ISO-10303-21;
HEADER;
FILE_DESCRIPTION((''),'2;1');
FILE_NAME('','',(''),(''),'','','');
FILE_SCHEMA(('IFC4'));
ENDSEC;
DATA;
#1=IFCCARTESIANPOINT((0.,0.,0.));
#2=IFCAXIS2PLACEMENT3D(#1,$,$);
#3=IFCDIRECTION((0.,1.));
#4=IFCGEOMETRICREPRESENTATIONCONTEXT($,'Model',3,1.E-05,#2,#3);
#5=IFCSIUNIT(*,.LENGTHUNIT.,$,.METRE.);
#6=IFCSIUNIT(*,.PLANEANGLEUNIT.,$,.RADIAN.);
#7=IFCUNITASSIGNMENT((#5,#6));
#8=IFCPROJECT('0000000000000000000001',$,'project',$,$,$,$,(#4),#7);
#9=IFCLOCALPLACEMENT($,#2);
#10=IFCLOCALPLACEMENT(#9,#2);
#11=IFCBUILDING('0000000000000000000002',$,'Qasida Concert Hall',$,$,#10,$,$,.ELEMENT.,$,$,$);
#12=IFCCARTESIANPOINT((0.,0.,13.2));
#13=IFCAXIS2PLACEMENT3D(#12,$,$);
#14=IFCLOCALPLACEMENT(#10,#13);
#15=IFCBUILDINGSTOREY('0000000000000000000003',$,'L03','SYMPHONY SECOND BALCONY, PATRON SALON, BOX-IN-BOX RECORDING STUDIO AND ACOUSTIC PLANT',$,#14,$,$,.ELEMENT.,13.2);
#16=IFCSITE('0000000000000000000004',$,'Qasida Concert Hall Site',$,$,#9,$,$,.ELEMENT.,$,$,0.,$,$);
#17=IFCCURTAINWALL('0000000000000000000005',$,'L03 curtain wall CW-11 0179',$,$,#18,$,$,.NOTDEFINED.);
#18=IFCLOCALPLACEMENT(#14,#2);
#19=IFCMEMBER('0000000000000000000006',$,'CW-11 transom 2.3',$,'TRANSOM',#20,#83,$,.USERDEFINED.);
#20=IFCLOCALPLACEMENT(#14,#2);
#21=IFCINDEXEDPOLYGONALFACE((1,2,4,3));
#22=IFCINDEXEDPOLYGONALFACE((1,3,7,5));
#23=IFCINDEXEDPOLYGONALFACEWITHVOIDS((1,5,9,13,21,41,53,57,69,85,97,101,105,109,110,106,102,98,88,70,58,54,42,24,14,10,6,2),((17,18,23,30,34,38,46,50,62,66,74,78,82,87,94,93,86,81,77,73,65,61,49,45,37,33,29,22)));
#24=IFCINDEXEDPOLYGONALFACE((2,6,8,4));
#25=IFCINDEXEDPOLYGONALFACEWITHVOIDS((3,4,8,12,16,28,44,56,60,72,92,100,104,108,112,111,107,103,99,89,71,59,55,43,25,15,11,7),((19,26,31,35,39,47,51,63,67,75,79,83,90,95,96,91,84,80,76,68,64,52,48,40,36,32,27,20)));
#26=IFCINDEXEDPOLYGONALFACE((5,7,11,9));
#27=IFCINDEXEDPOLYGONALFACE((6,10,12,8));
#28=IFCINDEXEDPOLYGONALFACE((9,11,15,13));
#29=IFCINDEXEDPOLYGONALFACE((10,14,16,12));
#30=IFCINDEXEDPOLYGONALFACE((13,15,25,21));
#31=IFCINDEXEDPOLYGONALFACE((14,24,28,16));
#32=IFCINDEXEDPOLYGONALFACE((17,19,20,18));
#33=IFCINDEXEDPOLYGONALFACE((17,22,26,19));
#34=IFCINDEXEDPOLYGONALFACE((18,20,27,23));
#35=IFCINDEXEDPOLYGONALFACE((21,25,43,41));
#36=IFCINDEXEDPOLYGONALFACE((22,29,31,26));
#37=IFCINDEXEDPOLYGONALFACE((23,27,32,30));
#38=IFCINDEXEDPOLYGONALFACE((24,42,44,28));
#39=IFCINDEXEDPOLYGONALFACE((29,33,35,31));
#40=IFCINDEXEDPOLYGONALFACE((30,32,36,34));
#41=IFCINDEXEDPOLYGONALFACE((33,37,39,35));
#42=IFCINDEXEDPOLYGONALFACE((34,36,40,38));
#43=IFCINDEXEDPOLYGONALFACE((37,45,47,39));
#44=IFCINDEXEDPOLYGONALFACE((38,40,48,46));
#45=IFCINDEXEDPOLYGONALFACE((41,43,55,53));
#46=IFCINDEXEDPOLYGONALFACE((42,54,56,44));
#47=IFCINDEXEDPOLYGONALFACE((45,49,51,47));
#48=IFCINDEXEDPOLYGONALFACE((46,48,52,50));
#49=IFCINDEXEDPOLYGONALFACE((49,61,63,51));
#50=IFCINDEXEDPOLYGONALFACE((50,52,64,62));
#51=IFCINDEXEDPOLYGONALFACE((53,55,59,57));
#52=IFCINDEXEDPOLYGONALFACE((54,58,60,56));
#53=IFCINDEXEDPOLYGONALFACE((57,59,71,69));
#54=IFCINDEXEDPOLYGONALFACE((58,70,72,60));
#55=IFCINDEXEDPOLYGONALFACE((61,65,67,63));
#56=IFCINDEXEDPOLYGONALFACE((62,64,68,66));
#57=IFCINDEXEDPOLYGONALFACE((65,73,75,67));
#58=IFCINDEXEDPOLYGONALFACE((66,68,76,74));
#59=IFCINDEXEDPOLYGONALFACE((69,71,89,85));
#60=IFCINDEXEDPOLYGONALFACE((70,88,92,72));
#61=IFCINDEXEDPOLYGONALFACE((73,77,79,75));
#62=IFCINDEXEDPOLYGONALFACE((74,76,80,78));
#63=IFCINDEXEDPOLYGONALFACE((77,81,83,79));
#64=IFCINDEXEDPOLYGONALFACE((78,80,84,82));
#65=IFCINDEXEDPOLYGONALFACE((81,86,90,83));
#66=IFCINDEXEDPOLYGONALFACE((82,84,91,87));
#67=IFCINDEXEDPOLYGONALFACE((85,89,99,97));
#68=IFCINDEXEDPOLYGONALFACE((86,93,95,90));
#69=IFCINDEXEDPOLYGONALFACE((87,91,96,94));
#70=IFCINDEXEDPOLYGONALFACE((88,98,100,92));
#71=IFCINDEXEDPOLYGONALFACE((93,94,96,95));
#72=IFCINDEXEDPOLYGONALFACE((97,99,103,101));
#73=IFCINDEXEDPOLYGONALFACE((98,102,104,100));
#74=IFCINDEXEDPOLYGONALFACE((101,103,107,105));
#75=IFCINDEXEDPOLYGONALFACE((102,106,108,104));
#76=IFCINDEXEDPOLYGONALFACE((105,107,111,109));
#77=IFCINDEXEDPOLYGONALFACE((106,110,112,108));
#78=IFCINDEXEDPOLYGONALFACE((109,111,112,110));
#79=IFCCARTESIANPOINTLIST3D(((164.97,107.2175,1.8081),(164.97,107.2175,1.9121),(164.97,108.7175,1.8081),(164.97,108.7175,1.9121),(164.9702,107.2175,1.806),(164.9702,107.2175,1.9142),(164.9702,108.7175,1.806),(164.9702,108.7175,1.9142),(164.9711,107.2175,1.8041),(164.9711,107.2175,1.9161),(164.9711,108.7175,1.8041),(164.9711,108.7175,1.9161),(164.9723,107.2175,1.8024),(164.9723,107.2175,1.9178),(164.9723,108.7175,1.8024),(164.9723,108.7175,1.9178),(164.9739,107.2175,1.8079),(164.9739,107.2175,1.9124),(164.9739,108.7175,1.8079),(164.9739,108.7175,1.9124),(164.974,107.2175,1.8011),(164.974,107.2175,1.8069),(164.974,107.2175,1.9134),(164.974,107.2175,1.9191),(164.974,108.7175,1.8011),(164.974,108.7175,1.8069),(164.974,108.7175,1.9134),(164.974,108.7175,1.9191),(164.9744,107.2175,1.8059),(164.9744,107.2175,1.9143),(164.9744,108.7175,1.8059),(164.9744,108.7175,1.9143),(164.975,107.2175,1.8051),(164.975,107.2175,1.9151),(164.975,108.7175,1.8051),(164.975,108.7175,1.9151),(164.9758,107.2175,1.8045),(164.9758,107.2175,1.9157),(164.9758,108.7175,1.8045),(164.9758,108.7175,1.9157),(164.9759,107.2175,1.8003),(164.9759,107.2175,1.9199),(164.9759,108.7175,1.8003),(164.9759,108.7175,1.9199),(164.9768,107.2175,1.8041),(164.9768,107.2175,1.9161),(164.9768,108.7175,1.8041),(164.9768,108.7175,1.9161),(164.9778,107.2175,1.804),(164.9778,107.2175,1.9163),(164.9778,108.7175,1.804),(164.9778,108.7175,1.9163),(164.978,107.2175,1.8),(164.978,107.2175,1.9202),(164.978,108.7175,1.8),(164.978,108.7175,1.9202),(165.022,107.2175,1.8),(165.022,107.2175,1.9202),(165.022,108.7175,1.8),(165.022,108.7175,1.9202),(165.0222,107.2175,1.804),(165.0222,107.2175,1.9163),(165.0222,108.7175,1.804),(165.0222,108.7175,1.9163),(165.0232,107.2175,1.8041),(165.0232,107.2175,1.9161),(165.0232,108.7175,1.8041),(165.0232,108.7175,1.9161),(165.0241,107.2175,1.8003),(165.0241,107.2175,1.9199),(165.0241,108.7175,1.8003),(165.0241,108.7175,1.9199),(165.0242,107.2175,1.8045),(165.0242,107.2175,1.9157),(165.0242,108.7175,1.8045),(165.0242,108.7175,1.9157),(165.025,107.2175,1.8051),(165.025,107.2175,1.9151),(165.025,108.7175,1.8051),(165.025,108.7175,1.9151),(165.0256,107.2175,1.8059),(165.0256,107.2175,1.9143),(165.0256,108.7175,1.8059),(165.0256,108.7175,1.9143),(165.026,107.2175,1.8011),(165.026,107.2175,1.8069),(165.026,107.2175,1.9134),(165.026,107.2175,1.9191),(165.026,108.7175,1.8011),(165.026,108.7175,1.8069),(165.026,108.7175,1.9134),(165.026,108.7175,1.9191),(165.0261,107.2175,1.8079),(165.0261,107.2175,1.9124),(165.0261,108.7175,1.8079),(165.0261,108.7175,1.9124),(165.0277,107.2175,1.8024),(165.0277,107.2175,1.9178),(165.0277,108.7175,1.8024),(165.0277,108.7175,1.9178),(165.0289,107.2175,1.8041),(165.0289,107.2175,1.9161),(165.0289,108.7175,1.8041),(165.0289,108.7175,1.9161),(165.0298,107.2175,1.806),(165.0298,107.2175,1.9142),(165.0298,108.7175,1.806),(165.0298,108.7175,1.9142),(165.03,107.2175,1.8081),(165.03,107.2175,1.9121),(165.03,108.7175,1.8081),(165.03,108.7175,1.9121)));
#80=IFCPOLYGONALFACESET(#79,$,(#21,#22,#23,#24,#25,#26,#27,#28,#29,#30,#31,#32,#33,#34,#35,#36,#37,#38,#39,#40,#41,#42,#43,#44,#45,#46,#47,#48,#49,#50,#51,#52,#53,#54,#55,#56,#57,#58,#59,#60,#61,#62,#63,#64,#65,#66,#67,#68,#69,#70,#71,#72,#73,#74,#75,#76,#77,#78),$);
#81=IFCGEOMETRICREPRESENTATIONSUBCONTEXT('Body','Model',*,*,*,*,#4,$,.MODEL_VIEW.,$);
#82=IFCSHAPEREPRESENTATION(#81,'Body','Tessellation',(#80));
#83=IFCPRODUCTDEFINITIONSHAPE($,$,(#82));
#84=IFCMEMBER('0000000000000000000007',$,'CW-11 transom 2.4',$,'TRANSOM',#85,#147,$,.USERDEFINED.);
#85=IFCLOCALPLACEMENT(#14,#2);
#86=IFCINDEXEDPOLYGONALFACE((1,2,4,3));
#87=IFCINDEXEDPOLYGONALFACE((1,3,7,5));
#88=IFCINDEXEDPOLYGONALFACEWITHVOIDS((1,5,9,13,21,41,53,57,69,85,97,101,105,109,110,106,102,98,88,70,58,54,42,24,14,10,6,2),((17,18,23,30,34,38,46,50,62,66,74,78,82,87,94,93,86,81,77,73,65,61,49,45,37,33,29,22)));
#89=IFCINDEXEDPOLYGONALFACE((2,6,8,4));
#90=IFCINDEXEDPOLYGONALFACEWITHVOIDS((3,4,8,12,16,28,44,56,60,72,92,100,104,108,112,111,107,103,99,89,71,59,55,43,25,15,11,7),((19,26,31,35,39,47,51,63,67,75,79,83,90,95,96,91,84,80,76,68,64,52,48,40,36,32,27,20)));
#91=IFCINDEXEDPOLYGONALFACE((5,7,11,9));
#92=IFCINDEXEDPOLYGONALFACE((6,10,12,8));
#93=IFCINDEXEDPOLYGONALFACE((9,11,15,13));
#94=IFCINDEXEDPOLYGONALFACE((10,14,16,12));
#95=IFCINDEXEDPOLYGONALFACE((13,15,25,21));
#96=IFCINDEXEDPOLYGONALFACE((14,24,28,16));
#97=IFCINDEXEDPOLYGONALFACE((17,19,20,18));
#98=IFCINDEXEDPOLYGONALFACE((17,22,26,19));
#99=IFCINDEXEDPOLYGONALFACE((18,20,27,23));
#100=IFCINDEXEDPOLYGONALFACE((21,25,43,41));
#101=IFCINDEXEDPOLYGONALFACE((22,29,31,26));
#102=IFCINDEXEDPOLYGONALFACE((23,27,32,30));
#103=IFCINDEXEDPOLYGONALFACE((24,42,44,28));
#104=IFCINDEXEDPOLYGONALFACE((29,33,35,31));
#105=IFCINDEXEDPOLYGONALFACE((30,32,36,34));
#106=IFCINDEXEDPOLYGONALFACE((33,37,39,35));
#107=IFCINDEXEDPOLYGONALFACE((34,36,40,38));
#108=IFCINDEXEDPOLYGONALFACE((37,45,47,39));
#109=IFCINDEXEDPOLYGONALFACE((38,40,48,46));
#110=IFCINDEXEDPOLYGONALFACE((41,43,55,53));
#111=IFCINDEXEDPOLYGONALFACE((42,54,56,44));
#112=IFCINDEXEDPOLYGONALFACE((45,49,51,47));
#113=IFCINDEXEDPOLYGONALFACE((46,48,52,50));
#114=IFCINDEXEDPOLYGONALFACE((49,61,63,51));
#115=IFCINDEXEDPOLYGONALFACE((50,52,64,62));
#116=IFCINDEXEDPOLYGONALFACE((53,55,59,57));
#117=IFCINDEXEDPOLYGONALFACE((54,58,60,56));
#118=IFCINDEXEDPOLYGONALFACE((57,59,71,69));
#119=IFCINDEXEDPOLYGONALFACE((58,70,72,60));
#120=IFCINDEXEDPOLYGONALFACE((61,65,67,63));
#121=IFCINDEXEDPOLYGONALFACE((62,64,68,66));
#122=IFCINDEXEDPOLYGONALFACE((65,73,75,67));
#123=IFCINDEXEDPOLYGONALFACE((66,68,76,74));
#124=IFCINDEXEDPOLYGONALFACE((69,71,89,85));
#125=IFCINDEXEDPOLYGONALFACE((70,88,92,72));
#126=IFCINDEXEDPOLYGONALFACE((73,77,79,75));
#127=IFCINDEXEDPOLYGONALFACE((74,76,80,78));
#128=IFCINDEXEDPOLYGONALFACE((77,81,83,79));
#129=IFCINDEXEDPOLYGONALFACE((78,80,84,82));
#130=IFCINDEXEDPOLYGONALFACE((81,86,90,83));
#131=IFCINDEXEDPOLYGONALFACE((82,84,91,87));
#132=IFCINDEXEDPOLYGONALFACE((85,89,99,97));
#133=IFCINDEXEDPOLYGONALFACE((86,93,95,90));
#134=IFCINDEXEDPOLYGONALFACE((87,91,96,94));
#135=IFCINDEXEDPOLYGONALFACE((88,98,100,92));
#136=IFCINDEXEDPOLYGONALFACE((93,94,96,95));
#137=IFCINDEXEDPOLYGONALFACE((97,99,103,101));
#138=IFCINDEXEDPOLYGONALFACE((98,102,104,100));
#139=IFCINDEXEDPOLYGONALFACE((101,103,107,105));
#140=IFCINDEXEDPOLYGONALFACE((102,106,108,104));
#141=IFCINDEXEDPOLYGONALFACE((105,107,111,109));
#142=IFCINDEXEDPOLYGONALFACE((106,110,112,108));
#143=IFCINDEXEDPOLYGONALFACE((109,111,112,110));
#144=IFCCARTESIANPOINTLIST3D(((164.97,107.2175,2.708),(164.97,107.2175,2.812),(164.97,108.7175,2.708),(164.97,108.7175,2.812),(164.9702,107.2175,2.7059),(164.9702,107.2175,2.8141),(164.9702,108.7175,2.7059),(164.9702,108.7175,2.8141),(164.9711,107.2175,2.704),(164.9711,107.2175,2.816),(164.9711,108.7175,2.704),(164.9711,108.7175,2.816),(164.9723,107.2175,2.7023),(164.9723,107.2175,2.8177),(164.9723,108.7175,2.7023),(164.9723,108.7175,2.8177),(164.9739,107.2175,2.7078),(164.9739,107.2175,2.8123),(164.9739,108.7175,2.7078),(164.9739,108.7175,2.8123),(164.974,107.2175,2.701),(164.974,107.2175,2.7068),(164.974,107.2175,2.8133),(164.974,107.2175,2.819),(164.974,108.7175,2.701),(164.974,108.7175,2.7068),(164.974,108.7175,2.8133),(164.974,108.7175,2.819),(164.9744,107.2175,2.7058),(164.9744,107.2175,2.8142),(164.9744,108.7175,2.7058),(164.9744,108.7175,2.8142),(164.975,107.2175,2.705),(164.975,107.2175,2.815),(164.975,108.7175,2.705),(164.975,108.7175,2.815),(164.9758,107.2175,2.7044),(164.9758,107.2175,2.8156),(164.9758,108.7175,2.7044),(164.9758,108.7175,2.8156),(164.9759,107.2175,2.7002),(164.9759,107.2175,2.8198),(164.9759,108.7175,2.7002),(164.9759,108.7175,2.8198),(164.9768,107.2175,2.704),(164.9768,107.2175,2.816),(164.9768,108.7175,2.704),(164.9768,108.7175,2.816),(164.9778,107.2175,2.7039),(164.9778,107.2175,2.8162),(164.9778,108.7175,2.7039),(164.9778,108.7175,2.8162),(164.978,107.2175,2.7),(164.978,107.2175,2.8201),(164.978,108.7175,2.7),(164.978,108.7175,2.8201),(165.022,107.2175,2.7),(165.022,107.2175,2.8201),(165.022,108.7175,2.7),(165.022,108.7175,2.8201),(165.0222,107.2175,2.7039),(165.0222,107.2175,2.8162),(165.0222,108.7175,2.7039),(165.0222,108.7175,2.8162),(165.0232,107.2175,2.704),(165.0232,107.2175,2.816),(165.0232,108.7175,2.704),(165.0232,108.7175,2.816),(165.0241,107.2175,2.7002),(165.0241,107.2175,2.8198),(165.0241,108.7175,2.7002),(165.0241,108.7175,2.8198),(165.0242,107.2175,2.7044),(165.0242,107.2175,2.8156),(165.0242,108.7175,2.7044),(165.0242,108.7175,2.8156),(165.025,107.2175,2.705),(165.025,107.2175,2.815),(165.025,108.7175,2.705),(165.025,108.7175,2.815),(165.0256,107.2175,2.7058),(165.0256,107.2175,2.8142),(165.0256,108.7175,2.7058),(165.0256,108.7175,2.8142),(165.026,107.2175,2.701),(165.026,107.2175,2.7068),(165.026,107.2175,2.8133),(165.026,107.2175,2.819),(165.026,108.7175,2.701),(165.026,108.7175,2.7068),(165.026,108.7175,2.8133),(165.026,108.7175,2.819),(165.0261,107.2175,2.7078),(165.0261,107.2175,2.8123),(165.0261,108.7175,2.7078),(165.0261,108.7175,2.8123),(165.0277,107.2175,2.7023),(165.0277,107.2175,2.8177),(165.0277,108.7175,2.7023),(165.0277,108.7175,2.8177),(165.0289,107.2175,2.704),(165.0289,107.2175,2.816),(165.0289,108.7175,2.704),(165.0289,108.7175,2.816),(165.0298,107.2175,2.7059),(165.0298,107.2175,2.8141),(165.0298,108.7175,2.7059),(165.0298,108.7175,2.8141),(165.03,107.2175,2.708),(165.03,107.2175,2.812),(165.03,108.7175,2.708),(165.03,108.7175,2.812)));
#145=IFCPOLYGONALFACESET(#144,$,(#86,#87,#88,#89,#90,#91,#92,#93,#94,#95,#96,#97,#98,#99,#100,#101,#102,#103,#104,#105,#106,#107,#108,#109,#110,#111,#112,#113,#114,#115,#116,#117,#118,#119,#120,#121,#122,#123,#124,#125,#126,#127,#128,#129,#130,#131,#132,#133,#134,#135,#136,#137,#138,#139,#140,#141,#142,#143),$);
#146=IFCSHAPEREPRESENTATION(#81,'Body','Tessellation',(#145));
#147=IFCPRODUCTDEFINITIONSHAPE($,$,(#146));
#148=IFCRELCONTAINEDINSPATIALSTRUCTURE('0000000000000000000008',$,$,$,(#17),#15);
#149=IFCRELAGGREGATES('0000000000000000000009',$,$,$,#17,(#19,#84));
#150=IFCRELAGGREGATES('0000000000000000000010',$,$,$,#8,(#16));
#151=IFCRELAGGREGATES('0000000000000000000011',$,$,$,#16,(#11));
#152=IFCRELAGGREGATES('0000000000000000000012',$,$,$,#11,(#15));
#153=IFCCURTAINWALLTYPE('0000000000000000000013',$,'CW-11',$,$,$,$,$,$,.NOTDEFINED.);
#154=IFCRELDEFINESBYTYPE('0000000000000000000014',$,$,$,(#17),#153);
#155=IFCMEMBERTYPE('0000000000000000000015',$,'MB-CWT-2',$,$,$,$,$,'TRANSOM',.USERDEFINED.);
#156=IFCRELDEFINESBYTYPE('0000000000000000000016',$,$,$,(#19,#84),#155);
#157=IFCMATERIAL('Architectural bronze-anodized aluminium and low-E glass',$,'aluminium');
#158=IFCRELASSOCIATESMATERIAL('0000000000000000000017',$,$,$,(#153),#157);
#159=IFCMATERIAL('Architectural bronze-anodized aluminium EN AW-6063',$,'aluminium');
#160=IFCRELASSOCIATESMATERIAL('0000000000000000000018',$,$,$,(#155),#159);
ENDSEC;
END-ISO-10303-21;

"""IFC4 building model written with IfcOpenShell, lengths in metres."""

from ifc_helpers import new_model, si_unit, direction, frame, origin, origin_2d, place, context, subcontext, project, spatial, hollow_rectangle, extrude, material, material_profile, profile_set, type_object, element, aggregate, save


model = new_model("IFC4")

# Units and contexts
model_context = context("Model", 3, precision=1e-05, world=origin(), true_north=direction((0.0, 1.0)))
body_context = subcontext(model_context, "Body", "Model", "MODEL_VIEW")
ifc_project = project(units=[si_unit("LENGTHUNIT", "METRE"), si_unit("PLANEANGLEUNIT", "RADIAN")], contexts=[model_context])

# Site, building, storey
site_placement = place(None, origin())
site = spatial("IfcSite", under=ifc_project, at=site_placement, Name="Qasida Concert Hall Site", CompositionType="ELEMENT", RefElevation=0.0)
building_placement = place(site_placement, origin())
building = spatial("IfcBuilding", under=site, at=building_placement, Name="Qasida Concert Hall", CompositionType="ELEMENT")
storey_placement = place(building_placement, frame((0.0, 0.0, 13.2)))
storey = spatial("IfcBuildingStorey", under=building, at=storey_placement, Name="L03", Description="SYMPHONY SECOND BALCONY, PATRON SALON, BOX-IN-BOX RECORDING STUDIO AND ACOUSTIC PLANT", CompositionType="ELEMENT", Elevation=13.2)

# Curtain wall, members
ifc_material_1 = material(Name="Architectural bronze-anodized aluminium and low-E glass", Category="aluminium")
curtain_wall_type = type_object("IfcCurtainWallType", Name="CW-11", PredefinedType="NOTDEFINED", material=ifc_material_1)
curtain_wall_placement = place(storey_placement, origin())
curtain_wall = element("IfcCurtainWall", 1, at=curtain_wall_placement, inside=storey, type_object=curtain_wall_type, Name="L03 curtain wall CW-11 0179", PredefinedType="NOTDEFINED")
ifc_material_2 = material(Name="Architectural bronze-anodized aluminium EN AW-6063", Category="aluminium")
ifc_material_profile_1 = material_profile(ifc_material_2, hollow_rectangle(XDim=0.0601, YDim=0.1201, WallThickness=0.0039, InnerFilletRadius=0.0039, OuterFilletRadius=0.0081, at=origin_2d()), Name="CWT 120x60x4")
ifc_profile_set_1 = profile_set([ifc_material_profile_1], Name="Architectural bronze-anodized aluminium EN AW-6063")
member_type_1 = type_object("IfcMemberType", Name="MB-CWT-2", ElementType="TRANSOM", PredefinedType="USERDEFINED", material=ifc_profile_set_1)
member_1_placement = place(storey_placement, frame((165.0, 107.2175, 1.8601), z_axis=(0.0, 1.0, 0.0), x_axis=(-1.0, 0.0, 0.0)))
member_1 = element("IfcMember", 2, at=member_1_placement, type_object=member_type_1, Name="CW-11 transom 2.3", ObjectType="TRANSOM", PredefinedType="USERDEFINED", context=body_context, shape_type="SweptSolid", body=[
    extrude(hollow_rectangle(XDim=0.0601, YDim=0.1201, WallThickness=0.0039, InnerFilletRadius=0.0039, OuterFilletRadius=0.0081, at=origin_2d()), origin(), (0.0, 0.0, 1.0), 1.5),
])
member_2_placement = place(storey_placement, frame((165.0, 107.2175, 2.76), z_axis=(0.0, 1.0, 0.0), x_axis=(-1.0, 0.0, 0.0)))
member_2 = element("IfcMember", 3, at=member_2_placement, type_object=member_type_1, Name="CW-11 transom 2.4", ObjectType="TRANSOM", PredefinedType="USERDEFINED", context=body_context, shape_type="SweptSolid", body=[
    extrude(hollow_rectangle(XDim=0.0601, YDim=0.1201, WallThickness=0.0039, InnerFilletRadius=0.0039, OuterFilletRadius=0.0081, at=origin_2d()), origin(), (0.0, 0.0, 1.0), 1.5),
])
aggregate(curtain_wall, [member_1, member_2])

save(model, "model.ifc")
